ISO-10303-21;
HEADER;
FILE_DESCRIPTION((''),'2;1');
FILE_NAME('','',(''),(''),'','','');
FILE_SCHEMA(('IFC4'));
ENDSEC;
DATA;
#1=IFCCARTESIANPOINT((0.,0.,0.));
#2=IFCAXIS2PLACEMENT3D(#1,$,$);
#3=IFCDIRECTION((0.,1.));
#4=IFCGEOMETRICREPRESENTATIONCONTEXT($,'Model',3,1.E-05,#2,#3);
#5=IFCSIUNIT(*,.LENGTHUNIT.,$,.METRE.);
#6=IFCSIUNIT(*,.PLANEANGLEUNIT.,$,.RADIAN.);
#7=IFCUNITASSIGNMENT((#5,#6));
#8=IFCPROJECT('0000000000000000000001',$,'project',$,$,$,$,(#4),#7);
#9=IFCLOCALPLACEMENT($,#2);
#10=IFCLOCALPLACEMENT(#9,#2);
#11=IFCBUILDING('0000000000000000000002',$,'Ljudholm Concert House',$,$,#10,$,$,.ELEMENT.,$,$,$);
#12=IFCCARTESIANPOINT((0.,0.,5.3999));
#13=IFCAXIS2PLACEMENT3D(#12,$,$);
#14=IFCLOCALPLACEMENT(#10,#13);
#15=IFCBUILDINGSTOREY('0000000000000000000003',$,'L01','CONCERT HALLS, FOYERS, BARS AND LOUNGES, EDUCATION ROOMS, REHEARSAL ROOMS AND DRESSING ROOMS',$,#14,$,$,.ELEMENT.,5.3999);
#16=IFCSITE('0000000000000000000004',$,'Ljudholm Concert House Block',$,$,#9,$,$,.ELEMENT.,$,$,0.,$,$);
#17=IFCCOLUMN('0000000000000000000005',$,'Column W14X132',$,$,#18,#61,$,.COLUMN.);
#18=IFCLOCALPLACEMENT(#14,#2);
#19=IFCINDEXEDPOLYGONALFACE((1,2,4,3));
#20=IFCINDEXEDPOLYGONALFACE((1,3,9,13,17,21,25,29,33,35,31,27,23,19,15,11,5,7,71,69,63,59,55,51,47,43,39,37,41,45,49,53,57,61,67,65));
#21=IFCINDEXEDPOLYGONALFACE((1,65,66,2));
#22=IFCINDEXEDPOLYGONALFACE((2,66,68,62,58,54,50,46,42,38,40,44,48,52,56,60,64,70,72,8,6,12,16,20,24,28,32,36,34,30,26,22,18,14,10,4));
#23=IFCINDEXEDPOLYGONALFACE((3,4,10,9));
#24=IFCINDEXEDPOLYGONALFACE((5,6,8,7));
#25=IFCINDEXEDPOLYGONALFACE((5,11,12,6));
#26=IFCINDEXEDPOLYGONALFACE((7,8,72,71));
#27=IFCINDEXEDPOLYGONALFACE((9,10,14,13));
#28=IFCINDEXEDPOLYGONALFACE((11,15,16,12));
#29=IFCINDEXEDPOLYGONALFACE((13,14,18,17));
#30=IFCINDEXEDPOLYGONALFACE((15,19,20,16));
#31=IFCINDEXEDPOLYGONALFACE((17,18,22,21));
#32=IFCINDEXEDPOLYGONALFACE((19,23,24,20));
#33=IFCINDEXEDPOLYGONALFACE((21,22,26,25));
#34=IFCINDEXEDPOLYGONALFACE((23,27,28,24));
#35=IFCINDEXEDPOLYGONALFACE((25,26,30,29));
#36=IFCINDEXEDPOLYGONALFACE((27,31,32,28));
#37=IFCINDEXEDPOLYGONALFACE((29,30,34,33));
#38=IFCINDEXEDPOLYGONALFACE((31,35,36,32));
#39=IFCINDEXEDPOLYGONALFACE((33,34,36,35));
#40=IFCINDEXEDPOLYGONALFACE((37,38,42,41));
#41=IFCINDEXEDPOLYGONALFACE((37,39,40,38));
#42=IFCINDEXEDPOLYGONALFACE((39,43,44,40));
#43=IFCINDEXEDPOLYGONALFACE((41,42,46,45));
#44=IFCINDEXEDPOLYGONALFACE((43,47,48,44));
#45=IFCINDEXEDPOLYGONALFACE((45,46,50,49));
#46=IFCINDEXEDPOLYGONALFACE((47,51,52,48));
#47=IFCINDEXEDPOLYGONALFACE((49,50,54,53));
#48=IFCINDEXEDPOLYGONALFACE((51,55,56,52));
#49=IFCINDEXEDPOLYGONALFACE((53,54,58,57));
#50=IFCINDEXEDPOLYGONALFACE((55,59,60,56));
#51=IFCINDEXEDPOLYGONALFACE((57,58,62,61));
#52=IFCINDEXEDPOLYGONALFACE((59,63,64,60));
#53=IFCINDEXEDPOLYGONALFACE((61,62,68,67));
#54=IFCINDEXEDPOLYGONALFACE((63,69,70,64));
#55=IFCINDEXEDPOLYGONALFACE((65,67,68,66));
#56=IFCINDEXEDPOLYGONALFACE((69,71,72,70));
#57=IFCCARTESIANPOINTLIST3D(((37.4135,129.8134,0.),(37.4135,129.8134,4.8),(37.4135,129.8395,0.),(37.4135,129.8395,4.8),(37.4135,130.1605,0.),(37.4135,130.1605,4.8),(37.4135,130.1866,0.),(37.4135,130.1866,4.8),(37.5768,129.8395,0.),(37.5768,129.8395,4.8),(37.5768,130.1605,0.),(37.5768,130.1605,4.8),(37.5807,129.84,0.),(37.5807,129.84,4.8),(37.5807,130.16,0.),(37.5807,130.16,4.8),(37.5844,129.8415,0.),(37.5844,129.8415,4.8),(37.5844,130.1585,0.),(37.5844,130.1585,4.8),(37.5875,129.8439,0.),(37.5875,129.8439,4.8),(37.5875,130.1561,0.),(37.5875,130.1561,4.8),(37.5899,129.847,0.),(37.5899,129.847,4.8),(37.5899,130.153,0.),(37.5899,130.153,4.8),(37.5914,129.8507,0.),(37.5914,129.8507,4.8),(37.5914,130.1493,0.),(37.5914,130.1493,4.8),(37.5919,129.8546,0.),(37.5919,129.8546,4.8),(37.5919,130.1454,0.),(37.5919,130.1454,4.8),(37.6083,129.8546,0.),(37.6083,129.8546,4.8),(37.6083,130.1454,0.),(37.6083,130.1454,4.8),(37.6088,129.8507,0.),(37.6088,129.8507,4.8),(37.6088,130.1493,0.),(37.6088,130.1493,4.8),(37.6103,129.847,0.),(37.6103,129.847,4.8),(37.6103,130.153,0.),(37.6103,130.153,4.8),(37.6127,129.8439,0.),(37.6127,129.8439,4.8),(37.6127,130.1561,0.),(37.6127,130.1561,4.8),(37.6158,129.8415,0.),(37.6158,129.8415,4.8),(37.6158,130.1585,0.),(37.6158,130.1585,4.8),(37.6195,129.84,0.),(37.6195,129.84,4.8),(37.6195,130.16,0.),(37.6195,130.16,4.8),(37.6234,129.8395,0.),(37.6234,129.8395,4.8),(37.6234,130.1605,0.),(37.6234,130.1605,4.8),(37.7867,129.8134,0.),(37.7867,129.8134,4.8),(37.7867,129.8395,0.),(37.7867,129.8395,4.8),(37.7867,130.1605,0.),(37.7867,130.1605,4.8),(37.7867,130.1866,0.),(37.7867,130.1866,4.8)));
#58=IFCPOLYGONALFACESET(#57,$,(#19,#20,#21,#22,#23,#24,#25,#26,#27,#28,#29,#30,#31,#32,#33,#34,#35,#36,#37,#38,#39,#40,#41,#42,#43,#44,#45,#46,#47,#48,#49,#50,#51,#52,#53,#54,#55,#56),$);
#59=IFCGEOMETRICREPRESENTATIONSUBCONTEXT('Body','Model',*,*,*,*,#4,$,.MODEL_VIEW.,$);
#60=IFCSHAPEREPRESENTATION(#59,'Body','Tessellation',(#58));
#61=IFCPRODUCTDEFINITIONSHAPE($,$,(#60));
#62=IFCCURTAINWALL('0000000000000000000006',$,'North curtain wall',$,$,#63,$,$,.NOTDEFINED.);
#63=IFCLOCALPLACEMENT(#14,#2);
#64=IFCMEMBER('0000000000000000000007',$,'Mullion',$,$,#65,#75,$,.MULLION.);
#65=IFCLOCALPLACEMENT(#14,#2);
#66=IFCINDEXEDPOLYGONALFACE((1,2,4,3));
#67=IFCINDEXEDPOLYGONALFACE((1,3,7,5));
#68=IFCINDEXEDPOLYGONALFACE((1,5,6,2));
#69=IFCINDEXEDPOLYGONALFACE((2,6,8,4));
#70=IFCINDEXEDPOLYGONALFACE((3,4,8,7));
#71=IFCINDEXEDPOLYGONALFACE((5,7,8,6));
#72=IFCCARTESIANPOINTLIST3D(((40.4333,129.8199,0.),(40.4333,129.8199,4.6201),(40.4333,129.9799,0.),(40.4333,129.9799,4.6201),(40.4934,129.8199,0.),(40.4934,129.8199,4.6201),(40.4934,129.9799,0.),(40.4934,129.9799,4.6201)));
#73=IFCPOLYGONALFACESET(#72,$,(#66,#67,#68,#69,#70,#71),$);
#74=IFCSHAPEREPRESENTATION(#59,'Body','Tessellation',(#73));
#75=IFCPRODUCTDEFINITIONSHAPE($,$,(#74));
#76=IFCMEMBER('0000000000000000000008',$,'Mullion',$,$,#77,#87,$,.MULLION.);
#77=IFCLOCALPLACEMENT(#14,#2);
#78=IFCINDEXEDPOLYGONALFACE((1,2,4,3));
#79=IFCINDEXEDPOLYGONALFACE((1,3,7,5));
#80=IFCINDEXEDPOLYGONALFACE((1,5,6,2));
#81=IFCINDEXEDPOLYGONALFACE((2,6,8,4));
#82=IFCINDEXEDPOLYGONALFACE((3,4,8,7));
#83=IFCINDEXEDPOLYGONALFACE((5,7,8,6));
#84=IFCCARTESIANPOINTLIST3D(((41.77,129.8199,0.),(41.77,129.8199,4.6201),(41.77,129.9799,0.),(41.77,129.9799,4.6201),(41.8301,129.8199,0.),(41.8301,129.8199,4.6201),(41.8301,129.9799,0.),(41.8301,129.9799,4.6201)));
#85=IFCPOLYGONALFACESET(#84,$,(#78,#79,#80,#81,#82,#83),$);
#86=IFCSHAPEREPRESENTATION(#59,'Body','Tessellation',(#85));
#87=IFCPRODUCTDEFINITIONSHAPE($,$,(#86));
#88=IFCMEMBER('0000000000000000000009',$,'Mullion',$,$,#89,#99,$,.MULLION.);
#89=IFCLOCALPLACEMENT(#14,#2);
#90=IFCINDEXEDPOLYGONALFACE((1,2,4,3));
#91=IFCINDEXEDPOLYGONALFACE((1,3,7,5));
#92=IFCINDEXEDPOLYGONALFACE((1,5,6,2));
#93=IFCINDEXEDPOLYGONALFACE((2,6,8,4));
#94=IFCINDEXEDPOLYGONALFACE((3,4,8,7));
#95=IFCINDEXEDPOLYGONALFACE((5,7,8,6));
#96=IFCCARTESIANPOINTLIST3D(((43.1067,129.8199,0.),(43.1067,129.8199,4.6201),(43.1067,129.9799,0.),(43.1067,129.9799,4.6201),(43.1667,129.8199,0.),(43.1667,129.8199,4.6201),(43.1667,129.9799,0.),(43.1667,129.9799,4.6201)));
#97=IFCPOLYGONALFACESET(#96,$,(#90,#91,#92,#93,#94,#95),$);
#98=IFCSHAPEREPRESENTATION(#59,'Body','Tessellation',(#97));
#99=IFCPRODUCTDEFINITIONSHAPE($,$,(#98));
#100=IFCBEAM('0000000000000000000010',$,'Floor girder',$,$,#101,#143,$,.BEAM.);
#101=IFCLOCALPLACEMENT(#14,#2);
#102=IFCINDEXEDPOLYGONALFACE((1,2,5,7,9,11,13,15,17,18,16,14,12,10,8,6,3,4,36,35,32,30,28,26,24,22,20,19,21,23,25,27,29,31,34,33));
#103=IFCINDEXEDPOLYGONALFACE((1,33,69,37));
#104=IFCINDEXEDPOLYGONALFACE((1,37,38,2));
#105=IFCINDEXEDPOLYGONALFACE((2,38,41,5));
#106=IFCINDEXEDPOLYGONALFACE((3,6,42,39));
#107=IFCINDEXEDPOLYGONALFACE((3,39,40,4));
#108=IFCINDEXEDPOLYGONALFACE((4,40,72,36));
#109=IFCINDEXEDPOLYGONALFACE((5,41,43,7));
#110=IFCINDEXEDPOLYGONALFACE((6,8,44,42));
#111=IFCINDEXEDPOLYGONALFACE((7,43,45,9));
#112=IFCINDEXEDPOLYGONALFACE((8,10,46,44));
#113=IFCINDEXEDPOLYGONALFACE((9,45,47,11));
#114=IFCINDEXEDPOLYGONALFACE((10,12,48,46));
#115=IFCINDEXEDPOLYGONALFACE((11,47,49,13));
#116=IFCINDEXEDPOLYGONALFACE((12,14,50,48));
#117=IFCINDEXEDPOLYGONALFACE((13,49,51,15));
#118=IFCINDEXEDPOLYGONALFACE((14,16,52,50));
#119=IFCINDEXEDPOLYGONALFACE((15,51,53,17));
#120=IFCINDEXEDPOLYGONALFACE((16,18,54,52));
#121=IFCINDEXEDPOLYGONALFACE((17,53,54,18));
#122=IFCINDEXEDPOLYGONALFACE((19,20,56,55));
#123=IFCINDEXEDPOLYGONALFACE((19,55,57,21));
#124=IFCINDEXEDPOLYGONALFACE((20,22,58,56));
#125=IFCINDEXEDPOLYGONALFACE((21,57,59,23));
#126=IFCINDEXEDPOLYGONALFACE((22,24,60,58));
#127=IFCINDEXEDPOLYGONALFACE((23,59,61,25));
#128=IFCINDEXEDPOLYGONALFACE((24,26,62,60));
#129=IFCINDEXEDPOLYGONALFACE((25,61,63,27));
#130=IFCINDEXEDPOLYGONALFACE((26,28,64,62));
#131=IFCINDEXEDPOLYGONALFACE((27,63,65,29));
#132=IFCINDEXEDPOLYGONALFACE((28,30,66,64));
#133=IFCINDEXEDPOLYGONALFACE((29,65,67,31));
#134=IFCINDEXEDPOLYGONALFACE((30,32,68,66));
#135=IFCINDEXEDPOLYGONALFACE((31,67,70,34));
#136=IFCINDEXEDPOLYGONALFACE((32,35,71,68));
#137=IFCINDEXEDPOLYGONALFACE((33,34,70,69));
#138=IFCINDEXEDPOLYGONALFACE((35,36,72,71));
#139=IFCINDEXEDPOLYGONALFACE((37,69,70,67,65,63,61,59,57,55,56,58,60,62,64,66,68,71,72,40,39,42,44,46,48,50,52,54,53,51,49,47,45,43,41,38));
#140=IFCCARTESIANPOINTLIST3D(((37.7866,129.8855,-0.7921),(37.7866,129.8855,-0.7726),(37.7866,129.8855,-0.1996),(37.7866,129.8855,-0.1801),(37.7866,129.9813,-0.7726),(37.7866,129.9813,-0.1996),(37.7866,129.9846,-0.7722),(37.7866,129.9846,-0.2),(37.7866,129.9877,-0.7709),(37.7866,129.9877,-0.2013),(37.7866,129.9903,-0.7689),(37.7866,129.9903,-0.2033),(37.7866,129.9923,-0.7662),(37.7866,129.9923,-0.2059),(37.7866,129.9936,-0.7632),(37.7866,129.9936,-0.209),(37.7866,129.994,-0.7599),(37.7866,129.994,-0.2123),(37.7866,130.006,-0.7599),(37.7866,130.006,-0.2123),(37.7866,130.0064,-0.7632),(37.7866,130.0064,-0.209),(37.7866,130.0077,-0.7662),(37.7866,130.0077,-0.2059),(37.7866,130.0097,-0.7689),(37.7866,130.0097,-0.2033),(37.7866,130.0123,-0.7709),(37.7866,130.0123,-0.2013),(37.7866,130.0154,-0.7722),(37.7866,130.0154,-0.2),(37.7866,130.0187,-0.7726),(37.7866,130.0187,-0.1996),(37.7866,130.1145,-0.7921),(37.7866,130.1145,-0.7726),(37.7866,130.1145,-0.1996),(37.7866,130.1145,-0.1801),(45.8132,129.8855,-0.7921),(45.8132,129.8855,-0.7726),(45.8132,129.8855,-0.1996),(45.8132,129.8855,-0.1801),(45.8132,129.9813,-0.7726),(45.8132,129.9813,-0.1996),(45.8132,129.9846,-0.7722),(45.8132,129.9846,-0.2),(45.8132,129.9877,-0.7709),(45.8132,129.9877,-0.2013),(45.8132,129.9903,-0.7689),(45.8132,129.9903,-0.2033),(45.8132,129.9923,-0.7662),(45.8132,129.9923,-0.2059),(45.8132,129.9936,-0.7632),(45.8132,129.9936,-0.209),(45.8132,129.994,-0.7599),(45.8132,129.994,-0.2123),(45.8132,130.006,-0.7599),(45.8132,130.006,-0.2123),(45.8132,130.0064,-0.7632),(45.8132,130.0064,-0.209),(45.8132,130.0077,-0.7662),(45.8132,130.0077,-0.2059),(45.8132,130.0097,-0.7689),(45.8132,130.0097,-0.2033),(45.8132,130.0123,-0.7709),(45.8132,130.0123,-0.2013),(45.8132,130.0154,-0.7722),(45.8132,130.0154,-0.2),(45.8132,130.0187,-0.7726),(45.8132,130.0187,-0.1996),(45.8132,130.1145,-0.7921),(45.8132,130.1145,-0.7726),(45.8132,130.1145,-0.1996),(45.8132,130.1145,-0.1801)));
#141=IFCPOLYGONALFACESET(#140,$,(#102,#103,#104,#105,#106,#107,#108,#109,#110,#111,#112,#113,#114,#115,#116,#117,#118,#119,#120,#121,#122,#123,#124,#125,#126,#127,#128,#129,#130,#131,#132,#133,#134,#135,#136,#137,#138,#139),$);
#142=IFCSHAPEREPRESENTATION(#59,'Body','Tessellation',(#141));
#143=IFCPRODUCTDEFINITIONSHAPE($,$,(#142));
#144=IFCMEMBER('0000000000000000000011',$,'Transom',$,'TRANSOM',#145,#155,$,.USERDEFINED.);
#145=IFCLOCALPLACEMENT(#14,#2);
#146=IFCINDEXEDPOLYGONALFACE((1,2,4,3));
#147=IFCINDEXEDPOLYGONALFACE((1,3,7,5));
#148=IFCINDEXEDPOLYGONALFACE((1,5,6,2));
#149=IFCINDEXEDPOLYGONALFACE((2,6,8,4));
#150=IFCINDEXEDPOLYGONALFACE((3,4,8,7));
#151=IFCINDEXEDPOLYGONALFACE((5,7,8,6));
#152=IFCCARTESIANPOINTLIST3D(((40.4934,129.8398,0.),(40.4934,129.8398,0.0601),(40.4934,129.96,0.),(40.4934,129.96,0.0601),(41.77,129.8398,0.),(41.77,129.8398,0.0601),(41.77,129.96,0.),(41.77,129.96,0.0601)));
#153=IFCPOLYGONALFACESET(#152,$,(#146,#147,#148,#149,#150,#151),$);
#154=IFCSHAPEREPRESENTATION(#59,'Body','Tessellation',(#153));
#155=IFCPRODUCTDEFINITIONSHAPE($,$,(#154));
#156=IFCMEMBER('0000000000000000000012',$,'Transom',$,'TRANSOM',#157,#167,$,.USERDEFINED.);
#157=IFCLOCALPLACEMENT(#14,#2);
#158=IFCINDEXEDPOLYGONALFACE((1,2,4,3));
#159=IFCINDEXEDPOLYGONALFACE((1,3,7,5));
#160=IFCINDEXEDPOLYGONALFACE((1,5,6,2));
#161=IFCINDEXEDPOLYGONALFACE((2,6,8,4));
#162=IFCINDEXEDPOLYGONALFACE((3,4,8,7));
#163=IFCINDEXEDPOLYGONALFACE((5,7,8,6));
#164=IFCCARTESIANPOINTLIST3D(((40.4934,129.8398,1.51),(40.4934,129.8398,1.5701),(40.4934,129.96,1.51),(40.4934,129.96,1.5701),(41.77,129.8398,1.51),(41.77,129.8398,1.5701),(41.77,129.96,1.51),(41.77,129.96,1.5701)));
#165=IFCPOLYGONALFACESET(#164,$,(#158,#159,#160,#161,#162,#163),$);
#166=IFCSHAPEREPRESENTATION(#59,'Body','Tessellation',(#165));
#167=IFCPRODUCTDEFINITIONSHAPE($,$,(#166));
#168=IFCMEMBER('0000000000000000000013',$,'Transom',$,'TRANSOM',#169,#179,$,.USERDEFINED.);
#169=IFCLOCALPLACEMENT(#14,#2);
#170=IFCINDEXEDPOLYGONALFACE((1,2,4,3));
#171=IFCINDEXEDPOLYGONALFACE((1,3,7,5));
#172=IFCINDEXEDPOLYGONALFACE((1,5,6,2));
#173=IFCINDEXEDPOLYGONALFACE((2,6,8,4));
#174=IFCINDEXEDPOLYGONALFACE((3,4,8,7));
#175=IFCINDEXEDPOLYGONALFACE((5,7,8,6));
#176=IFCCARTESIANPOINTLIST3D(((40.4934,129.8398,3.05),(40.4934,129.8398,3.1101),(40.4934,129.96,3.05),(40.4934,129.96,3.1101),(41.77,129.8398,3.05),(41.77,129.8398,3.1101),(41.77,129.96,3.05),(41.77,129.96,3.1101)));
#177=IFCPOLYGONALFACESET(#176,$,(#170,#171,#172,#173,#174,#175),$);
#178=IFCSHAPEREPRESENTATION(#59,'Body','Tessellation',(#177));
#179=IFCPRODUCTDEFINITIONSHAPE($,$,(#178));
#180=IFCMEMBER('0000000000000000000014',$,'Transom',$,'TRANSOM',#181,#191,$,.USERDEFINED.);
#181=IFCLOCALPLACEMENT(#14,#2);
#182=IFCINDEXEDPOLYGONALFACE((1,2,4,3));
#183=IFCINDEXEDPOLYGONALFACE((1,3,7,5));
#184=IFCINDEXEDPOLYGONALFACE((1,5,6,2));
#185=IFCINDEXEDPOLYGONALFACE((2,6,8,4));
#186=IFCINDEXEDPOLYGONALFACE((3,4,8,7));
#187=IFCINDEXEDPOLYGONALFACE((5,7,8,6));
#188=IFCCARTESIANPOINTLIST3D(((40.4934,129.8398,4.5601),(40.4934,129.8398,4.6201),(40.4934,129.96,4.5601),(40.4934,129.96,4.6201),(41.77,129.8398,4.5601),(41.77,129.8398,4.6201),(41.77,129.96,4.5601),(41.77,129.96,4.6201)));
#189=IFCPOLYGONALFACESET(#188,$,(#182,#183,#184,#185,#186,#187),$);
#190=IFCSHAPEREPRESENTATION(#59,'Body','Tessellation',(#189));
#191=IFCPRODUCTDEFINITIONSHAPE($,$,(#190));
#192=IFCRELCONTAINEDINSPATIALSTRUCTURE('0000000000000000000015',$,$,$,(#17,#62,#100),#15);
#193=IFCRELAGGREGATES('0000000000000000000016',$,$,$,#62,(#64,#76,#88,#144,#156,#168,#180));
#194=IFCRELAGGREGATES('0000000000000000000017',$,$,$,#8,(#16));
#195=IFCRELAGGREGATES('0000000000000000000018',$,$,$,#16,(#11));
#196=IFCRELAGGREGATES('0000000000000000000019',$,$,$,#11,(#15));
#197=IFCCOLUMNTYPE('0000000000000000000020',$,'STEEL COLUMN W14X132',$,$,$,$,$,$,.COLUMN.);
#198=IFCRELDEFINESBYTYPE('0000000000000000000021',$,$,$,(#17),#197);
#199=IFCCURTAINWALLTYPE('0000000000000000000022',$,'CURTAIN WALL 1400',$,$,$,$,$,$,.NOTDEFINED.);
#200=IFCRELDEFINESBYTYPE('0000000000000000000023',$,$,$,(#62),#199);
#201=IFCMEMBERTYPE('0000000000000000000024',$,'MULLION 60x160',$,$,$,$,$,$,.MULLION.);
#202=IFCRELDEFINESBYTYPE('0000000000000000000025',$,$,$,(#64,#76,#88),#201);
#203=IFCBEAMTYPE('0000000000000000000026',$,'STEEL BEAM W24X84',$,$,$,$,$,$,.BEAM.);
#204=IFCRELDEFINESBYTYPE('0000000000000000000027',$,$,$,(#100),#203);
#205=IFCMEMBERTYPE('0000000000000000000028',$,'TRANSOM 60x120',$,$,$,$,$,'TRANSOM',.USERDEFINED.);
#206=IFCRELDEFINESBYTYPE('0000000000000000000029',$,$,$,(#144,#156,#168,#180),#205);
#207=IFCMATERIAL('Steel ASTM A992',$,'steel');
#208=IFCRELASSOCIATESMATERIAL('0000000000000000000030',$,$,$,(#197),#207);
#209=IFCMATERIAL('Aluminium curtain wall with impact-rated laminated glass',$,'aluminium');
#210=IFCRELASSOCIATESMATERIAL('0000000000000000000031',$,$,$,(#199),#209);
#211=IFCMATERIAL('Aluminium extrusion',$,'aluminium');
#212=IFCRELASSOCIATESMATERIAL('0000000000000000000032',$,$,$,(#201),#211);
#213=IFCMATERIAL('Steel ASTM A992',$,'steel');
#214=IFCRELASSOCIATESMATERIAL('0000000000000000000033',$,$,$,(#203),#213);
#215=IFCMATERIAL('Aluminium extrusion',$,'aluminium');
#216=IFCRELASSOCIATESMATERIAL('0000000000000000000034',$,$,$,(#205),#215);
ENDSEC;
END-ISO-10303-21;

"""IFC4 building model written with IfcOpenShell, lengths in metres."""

from ifc_helpers import new_model, si_unit, direction, frame, origin, origin_2d, place, context, subcontext, project, spatial, rectangle, i_section, extrude, material, material_profile, profile_set, type_object, element, aggregate, save


model = new_model("IFC4")

# Units and contexts
model_context = context("Model", 3, precision=1e-05, world=origin(), true_north=direction((0.0, 1.0)))
body_context = subcontext(model_context, "Body", "Model", "MODEL_VIEW")
ifc_project = project(units=[si_unit("LENGTHUNIT", "METRE"), si_unit("PLANEANGLEUNIT", "RADIAN")], contexts=[model_context])

# Site, building, storey
site_placement = place(None, origin())
site = spatial("IfcSite", under=ifc_project, at=site_placement, Name="Ljudholm Concert House Block", CompositionType="ELEMENT", RefElevation=0.0)
building_placement = place(site_placement, origin())
building = spatial("IfcBuilding", under=site, at=building_placement, Name="Ljudholm Concert House", CompositionType="ELEMENT")
storey_placement = place(building_placement, frame((0.0, 0.0, 5.3999)))
storey = spatial("IfcBuildingStorey", under=building, at=storey_placement, Name="L01", Description="CONCERT HALLS, FOYERS, BARS AND LOUNGES, EDUCATION ROOMS, REHEARSAL ROOMS AND DRESSING ROOMS", CompositionType="ELEMENT", Elevation=5.3999)

# Column
ifc_material_1 = material(Name="Steel ASTM A992", Category="steel")
ifc_material_profile_1 = material_profile(ifc_material_1, i_section(OverallWidth=0.3733, OverallDepth=0.3733, WebThickness=0.0164, FlangeThickness=0.0261, FilletRadius=0.0151, at=origin_2d()), Name="W14X132")
ifc_profile_set_1 = profile_set([ifc_material_profile_1], Name="Steel ASTM A992")
column_type = type_object("IfcColumnType", Name="STEEL COLUMN W14X132", PredefinedType="COLUMN", material=ifc_profile_set_1)
column_placement = place(storey_placement, frame((37.6001, 130.0, 0.0), z_axis=(0.0, 0.0, 1.0), x_axis=(1.0, 0.0, 0.0)))
element("IfcColumn", 1, at=column_placement, inside=storey, type_object=column_type, Name="Column W14X132", PredefinedType="COLUMN", context=body_context, shape_type="SweptSolid", body=[
    extrude(i_section(OverallWidth=0.3733, OverallDepth=0.3733, WebThickness=0.0164, FlangeThickness=0.0261, FilletRadius=0.0151, at=origin_2d()), origin(), (0.0, 0.0, 1.0), 4.8),
])

# Curtain wall, members
ifc_material_2 = material(Name="Aluminium curtain wall with impact-rated laminated glass", Category="aluminium")
curtain_wall_type = type_object("IfcCurtainWallType", Name="CURTAIN WALL 1400", PredefinedType="NOTDEFINED", material=ifc_material_2)
curtain_wall_placement = place(storey_placement, origin())
curtain_wall = element("IfcCurtainWall", 2, at=curtain_wall_placement, inside=storey, type_object=curtain_wall_type, Name="North curtain wall", PredefinedType="NOTDEFINED")
ifc_material_3 = material(Name="Aluminium extrusion", Category="aluminium")
ifc_material_profile_2 = material_profile(ifc_material_3, rectangle(XDim=0.1599, YDim=0.0601, at=origin_2d()), Name="MULLION 60x160")
ifc_profile_set_2 = profile_set([ifc_material_profile_2], Name="Aluminium extrusion")
member_type_1 = type_object("IfcMemberType", Name="MULLION 60x160", PredefinedType="MULLION", material=ifc_profile_set_2)
member_1_placement = place(storey_placement, frame((40.4634, 129.8999, 0.0), z_axis=(0.0, 0.0, 1.0), x_axis=(0.0, 1.0, 0.0)))
member_1 = element("IfcMember", 3, at=member_1_placement, type_object=member_type_1, Name="Mullion", PredefinedType="MULLION", context=body_context, shape_type="SweptSolid", body=[
    extrude(rectangle(XDim=0.1599, YDim=0.0601, at=origin_2d()), origin(), (0.0, 0.0, 1.0), 4.6201),
])
member_2_placement = place(storey_placement, frame((41.8, 129.8999, 0.0), z_axis=(0.0, 0.0, 1.0), x_axis=(0.0, 1.0, 0.0)))
member_2 = element("IfcMember", 4, at=member_2_placement, type_object=member_type_1, Name="Mullion", PredefinedType="MULLION", context=body_context, shape_type="SweptSolid", body=[
    extrude(rectangle(XDim=0.1599, YDim=0.0601, at=origin_2d()), origin(), (0.0, 0.0, 1.0), 4.6201),
])
member_3_placement = place(storey_placement, frame((43.1367, 129.8999, 0.0), z_axis=(0.0, 0.0, 1.0), x_axis=(0.0, 1.0, 0.0)))
member_3 = element("IfcMember", 5, at=member_3_placement, type_object=member_type_1, Name="Mullion", PredefinedType="MULLION", context=body_context, shape_type="SweptSolid", body=[
    extrude(rectangle(XDim=0.1599, YDim=0.0601, at=origin_2d()), origin(), (0.0, 0.0, 1.0), 4.6201),
])

# Beam
ifc_material_4 = material(Name="Steel ASTM A992", Category="steel")
ifc_material_profile_3 = material_profile(ifc_material_4, i_section(OverallWidth=0.229, OverallDepth=0.6121, WebThickness=0.012, FlangeThickness=0.0195, FilletRadius=0.0127, at=origin_2d()), Name="W24X84")
ifc_profile_set_3 = profile_set([ifc_material_profile_3], Name="Steel ASTM A992")
beam_type = type_object("IfcBeamType", Name="STEEL BEAM W24X84", PredefinedType="BEAM", material=ifc_profile_set_3)
beam_placement = place(storey_placement, frame((37.7866, 130.0, -0.4861), z_axis=(1.0, 0.0, 0.0), x_axis=(0.0, 1.0, 0.0)))
element("IfcBeam", 6, at=beam_placement, inside=storey, type_object=beam_type, Name="Floor girder", PredefinedType="BEAM", context=body_context, shape_type="SweptSolid", body=[
    extrude(i_section(OverallWidth=0.229, OverallDepth=0.6121, WebThickness=0.012, FlangeThickness=0.0195, FilletRadius=0.0127, at=origin_2d()), origin(), (0.0, 0.0, 1.0), 8.0266),
])

# Members
ifc_material_5 = material(Name="Aluminium extrusion", Category="aluminium")
ifc_material_profile_4 = material_profile(ifc_material_5, rectangle(XDim=0.1201, YDim=0.0601, at=origin_2d()), Name="TRANSOM 60x120")
ifc_profile_set_4 = profile_set([ifc_material_profile_4], Name="Aluminium extrusion")
member_type_2 = type_object("IfcMemberType", Name="TRANSOM 60x120", ElementType="TRANSOM", PredefinedType="USERDEFINED", material=ifc_profile_set_4)
member_4_placement = place(storey_placement, frame((40.4934, 129.8999, 0.03), z_axis=(1.0, 0.0, 0.0), x_axis=(0.0, 1.0, 0.0)))
member_4 = element("IfcMember", 7, at=member_4_placement, type_object=member_type_2, Name="Transom", ObjectType="TRANSOM", PredefinedType="USERDEFINED", context=body_context, shape_type="SweptSolid", body=[
    extrude(rectangle(XDim=0.1201, YDim=0.0601, at=origin_2d()), origin(), (0.0, 0.0, 1.0), 1.2766),
])
member_5_placement = place(storey_placement, frame((40.4934, 129.8999, 1.54), z_axis=(1.0, 0.0, 0.0), x_axis=(0.0, 1.0, 0.0)))
member_5 = element("IfcMember", 8, at=member_5_placement, type_object=member_type_2, Name="Transom", ObjectType="TRANSOM", PredefinedType="USERDEFINED", context=body_context, shape_type="SweptSolid", body=[
    extrude(rectangle(XDim=0.1201, YDim=0.0601, at=origin_2d()), origin(), (0.0, 0.0, 1.0), 1.2766),
])
member_6_placement = place(storey_placement, frame((40.4934, 129.8999, 3.0801), z_axis=(1.0, 0.0, 0.0), x_axis=(0.0, 1.0, 0.0)))
member_6 = element("IfcMember", 9, at=member_6_placement, type_object=member_type_2, Name="Transom", ObjectType="TRANSOM", PredefinedType="USERDEFINED", context=body_context, shape_type="SweptSolid", body=[
    extrude(rectangle(XDim=0.1201, YDim=0.0601, at=origin_2d()), origin(), (0.0, 0.0, 1.0), 1.2766),
])
member_7_placement = place(storey_placement, frame((40.4934, 129.8999, 4.5901), z_axis=(1.0, 0.0, 0.0), x_axis=(0.0, 1.0, 0.0)))
member_7 = element("IfcMember", 10, at=member_7_placement, type_object=member_type_2, Name="Transom", ObjectType="TRANSOM", PredefinedType="USERDEFINED", context=body_context, shape_type="SweptSolid", body=[
    extrude(rectangle(XDim=0.1201, YDim=0.0601, at=origin_2d()), origin(), (0.0, 0.0, 1.0), 1.2766),
])

aggregate(curtain_wall, [member_1, member_2, member_3, member_4, member_5, member_6, member_7])

save(model, "model.ifc")
